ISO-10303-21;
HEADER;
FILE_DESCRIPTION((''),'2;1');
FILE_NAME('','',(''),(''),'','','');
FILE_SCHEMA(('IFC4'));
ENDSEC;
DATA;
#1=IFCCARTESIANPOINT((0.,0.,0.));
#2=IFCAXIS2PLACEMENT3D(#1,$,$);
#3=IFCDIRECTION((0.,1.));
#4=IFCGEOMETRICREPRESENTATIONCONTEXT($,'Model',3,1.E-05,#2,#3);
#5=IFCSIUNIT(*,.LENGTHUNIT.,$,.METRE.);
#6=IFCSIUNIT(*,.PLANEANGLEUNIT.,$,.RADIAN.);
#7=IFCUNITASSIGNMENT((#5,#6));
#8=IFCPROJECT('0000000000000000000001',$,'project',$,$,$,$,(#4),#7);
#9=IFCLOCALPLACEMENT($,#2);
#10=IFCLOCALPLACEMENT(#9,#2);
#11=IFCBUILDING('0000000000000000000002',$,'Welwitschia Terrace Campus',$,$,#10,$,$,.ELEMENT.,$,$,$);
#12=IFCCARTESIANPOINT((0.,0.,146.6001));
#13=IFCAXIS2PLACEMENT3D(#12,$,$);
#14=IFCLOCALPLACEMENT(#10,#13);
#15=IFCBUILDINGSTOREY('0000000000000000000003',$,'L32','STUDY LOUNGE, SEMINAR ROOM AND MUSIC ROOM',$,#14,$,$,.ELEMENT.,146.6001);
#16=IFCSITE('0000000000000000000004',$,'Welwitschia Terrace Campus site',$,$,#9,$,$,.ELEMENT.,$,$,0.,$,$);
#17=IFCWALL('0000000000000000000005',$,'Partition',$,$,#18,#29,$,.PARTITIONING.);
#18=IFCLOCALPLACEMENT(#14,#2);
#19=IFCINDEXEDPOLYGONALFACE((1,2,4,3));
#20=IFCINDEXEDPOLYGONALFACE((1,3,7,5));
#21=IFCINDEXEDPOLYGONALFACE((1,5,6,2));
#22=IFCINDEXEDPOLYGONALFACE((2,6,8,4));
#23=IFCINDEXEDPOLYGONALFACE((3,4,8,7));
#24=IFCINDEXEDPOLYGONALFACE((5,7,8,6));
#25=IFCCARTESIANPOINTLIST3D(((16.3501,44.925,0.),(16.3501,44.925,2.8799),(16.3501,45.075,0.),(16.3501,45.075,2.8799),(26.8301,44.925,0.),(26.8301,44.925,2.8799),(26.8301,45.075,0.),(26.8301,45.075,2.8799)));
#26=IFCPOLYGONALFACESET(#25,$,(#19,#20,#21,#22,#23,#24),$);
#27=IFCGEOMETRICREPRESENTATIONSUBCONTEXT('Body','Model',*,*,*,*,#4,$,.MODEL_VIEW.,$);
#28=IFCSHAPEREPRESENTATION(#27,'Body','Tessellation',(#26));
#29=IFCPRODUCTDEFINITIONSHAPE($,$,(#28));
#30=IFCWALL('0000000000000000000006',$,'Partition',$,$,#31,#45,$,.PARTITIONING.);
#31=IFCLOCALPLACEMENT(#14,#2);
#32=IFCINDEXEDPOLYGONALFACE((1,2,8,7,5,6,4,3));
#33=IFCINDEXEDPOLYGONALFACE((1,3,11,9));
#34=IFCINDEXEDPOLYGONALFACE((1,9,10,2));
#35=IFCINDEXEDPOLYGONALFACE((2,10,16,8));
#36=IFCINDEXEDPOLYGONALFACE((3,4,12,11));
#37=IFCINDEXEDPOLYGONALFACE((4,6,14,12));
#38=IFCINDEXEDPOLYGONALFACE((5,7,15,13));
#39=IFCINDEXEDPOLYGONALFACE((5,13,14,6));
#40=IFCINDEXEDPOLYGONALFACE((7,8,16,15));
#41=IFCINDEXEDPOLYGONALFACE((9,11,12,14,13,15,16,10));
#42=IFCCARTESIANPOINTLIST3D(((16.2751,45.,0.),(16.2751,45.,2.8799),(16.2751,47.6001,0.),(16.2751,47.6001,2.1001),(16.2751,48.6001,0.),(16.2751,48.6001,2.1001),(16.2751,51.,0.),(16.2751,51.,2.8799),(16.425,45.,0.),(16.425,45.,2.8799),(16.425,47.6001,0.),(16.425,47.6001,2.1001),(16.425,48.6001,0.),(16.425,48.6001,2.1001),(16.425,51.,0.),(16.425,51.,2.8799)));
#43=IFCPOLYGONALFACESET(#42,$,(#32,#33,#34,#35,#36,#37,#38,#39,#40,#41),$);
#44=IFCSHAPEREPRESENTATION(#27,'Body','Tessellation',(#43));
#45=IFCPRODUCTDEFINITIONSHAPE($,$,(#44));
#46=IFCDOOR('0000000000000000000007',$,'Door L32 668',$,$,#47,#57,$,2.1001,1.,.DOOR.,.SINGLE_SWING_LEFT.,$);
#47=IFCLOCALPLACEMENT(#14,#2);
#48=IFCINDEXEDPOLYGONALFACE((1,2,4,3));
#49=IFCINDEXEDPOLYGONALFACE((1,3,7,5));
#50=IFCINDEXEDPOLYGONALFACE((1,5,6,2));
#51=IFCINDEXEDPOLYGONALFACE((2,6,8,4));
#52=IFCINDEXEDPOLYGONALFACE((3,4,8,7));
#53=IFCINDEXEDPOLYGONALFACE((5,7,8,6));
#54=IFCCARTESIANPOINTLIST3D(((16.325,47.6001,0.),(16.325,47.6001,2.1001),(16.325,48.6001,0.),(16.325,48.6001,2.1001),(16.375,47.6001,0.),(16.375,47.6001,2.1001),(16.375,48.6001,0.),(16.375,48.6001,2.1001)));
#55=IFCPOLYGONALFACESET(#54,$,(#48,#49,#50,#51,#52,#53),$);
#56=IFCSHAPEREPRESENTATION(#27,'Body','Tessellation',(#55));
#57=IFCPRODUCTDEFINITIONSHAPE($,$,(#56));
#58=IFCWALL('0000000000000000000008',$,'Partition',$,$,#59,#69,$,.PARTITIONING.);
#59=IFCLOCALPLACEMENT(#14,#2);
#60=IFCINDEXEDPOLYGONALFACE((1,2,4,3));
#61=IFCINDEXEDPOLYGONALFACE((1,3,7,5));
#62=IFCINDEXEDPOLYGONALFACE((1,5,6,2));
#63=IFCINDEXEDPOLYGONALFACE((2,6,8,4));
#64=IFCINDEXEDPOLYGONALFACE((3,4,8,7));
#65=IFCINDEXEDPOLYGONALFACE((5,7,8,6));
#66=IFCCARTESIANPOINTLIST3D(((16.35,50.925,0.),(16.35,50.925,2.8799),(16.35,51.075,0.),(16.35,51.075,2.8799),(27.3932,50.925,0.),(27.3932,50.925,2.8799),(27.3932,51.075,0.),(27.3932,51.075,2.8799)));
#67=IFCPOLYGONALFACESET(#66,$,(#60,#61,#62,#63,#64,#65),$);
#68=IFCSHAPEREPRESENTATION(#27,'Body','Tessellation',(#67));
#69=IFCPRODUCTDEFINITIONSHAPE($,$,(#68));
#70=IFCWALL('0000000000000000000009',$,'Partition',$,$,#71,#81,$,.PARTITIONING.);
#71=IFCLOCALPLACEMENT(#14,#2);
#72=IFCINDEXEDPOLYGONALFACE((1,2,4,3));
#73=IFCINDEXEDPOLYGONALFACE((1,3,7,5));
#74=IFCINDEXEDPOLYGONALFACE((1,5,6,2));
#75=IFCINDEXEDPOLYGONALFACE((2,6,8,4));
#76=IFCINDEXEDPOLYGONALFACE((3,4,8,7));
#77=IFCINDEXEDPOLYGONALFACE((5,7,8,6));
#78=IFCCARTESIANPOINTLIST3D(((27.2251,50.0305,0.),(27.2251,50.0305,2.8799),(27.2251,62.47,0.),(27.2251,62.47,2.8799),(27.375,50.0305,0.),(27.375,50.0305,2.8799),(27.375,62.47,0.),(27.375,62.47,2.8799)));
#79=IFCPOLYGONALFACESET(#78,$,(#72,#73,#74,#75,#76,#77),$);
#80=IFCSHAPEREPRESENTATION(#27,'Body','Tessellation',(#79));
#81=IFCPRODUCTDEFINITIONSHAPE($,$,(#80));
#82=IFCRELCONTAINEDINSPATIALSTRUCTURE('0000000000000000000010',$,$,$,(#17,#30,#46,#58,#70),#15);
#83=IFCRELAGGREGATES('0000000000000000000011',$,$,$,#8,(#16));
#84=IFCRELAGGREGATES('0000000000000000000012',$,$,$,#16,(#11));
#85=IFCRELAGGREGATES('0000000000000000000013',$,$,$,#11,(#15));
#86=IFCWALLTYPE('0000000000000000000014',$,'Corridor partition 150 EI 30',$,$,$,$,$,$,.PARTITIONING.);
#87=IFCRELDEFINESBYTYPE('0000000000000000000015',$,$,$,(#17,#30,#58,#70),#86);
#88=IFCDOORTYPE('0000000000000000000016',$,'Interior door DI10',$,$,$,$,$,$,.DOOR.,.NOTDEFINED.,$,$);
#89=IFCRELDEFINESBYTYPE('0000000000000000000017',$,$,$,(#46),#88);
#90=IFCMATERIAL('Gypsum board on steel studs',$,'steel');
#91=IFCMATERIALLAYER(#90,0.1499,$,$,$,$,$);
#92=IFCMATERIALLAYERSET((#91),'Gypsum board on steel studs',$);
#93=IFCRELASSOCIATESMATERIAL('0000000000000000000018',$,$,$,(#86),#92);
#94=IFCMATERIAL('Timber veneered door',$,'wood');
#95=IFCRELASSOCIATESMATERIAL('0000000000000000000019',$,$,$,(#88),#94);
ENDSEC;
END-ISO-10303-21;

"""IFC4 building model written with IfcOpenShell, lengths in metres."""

from ifc_helpers import new_model, si_unit, direction, frame, frame_2d, origin, place, context, subcontext, project, spatial, rectangle, extrude, material, layer, layer_set, type_object, element, fill, save


model = new_model("IFC4")

# Units and contexts
model_context = context("Model", 3, precision=1e-05, world=origin(), true_north=direction((0.0, 1.0)))
body_context = subcontext(model_context, "Body", "Model", "MODEL_VIEW")
ifc_project = project(units=[si_unit("LENGTHUNIT", "METRE"), si_unit("PLANEANGLEUNIT", "RADIAN")], contexts=[model_context])

# Site, building, storey
site_placement = place(None, origin())
site = spatial("IfcSite", under=ifc_project, at=site_placement, Name="Welwitschia Terrace Campus site", CompositionType="ELEMENT", RefElevation=0.0)
building_placement = place(site_placement, origin())
building = spatial("IfcBuilding", under=site, at=building_placement, Name="Welwitschia Terrace Campus", CompositionType="ELEMENT")
storey_placement = place(building_placement, frame((0.0, 0.0, 146.6001)))
storey = spatial("IfcBuildingStorey", under=building, at=storey_placement, Name="L32", Description="STUDY LOUNGE, SEMINAR ROOM AND MUSIC ROOM", CompositionType="ELEMENT", Elevation=146.6001)

# Shared definitions
ifc_material_1 = material(Name="Gypsum board on steel studs", Category="steel")
ifc_layer_1 = layer(ifc_material_1, 0.1499)
ifc_layer_set_1 = layer_set([ifc_layer_1], Name="Gypsum board on steel studs")
wall_type = type_object("IfcWallType", Name="Corridor partition 150 EI 30", PredefinedType="PARTITIONING", material=ifc_layer_set_1)
ifc_material_2 = material(Name="Timber veneered door", Category="wood")
door_type = type_object("IfcDoorType", Name="Interior door DI10", OperationType="NOTDEFINED", PredefinedType="DOOR", material=ifc_material_2)

# Wall
wall_1_placement = place(storey_placement, frame((16.3501, 45.0, 0.0), z_axis=(0.0, 0.0, 1.0), x_axis=(1.0, 0.0, 0.0)))
element("IfcWall", 1, at=wall_1_placement, inside=storey, type_object=wall_type, Name="Partition", PredefinedType="PARTITIONING", context=body_context, shape_type="SweptSolid", body=[
    extrude(rectangle(XDim=10.48, YDim=0.1499, at=frame_2d((5.24, 0.0))), origin(), (0.0, 0.0, 1.0), 2.8799),
])

# Wall, opening, door
wall_2_placement = place(storey_placement, frame((16.3501, 51.0, 0.0), z_axis=(0.0, 0.0, 1.0), x_axis=(0.0, -1.0, 0.0)))
wall_2 = element("IfcWall", 2, at=wall_2_placement, inside=storey, type_object=wall_type, Name="Partition", PredefinedType="PARTITIONING", context=body_context, shape_type="SweptSolid", body=[
    extrude(rectangle(XDim=6.0, YDim=0.1499, at=frame_2d((3.0, 0.0))), origin(), (0.0, 0.0, 1.0), 2.8799),
])
opening_1_placement = place(wall_2_placement, frame((2.3999, 0.0, 0.0)))
opening_1 = element("IfcOpeningElement", 3, at=opening_1_placement, cuts=wall_2, PredefinedType="OPENING", context=body_context, shape_type="SweptSolid", body=[
    extrude(rectangle(XDim=1.0, YDim=2.1001, at=frame_2d((0.5, 1.05))), frame((0.0, 0.085, 0.0), z_axis=(0.0, -1.0, 0.0), x_axis=(1.0, 0.0, 0.0)), (0.0, 0.0, 1.0), 0.1699),
])
door_1_placement = place(opening_1_placement, origin())
door_1 = element("IfcDoor", 4, at=door_1_placement, inside=storey, type_object=door_type, Name="Door L32 668", OperationType="SINGLE_SWING_LEFT", OverallHeight=2.1001, OverallWidth=1.0, PredefinedType="DOOR", context=body_context, shape_type="SweptSolid", body=[
    extrude(rectangle(XDim=1.0, YDim=2.1001, at=frame_2d((0.5, 1.05))), frame((0.0, 0.0249, 0.0), z_axis=(0.0, -1.0, 0.0), x_axis=(1.0, 0.0, 0.0)), (0.0, 0.0, 1.0), 0.05),
])
fill(opening_1, door_1)

# Walls
wall_3_placement = place(storey_placement, frame((16.3501, 51.0, 0.0), z_axis=(0.0, 0.0, 1.0), x_axis=(1.0, 0.0, 0.0)))
element("IfcWall", 5, at=wall_3_placement, inside=storey, type_object=wall_type, Name="Partition", PredefinedType="PARTITIONING", context=body_context, shape_type="SweptSolid", body=[
    extrude(rectangle(XDim=11.0432, YDim=0.1499, at=frame_2d((5.5215, 0.0))), origin(), (0.0, 0.0, 1.0), 2.8799),
])
wall_4_placement = place(storey_placement, frame((27.3, 50.0305, 0.0), z_axis=(0.0, 0.0, 1.0), x_axis=(0.0, 1.0, 0.0)))
element("IfcWall", 6, at=wall_4_placement, inside=storey, type_object=wall_type, Name="Partition", PredefinedType="PARTITIONING", context=body_context, shape_type="SweptSolid", body=[
    extrude(rectangle(XDim=12.4395, YDim=0.1499, at=frame_2d((6.2197, 0.0))), origin(), (0.0, 0.0, 1.0), 2.8799),
])

save(model, "model.ifc")
